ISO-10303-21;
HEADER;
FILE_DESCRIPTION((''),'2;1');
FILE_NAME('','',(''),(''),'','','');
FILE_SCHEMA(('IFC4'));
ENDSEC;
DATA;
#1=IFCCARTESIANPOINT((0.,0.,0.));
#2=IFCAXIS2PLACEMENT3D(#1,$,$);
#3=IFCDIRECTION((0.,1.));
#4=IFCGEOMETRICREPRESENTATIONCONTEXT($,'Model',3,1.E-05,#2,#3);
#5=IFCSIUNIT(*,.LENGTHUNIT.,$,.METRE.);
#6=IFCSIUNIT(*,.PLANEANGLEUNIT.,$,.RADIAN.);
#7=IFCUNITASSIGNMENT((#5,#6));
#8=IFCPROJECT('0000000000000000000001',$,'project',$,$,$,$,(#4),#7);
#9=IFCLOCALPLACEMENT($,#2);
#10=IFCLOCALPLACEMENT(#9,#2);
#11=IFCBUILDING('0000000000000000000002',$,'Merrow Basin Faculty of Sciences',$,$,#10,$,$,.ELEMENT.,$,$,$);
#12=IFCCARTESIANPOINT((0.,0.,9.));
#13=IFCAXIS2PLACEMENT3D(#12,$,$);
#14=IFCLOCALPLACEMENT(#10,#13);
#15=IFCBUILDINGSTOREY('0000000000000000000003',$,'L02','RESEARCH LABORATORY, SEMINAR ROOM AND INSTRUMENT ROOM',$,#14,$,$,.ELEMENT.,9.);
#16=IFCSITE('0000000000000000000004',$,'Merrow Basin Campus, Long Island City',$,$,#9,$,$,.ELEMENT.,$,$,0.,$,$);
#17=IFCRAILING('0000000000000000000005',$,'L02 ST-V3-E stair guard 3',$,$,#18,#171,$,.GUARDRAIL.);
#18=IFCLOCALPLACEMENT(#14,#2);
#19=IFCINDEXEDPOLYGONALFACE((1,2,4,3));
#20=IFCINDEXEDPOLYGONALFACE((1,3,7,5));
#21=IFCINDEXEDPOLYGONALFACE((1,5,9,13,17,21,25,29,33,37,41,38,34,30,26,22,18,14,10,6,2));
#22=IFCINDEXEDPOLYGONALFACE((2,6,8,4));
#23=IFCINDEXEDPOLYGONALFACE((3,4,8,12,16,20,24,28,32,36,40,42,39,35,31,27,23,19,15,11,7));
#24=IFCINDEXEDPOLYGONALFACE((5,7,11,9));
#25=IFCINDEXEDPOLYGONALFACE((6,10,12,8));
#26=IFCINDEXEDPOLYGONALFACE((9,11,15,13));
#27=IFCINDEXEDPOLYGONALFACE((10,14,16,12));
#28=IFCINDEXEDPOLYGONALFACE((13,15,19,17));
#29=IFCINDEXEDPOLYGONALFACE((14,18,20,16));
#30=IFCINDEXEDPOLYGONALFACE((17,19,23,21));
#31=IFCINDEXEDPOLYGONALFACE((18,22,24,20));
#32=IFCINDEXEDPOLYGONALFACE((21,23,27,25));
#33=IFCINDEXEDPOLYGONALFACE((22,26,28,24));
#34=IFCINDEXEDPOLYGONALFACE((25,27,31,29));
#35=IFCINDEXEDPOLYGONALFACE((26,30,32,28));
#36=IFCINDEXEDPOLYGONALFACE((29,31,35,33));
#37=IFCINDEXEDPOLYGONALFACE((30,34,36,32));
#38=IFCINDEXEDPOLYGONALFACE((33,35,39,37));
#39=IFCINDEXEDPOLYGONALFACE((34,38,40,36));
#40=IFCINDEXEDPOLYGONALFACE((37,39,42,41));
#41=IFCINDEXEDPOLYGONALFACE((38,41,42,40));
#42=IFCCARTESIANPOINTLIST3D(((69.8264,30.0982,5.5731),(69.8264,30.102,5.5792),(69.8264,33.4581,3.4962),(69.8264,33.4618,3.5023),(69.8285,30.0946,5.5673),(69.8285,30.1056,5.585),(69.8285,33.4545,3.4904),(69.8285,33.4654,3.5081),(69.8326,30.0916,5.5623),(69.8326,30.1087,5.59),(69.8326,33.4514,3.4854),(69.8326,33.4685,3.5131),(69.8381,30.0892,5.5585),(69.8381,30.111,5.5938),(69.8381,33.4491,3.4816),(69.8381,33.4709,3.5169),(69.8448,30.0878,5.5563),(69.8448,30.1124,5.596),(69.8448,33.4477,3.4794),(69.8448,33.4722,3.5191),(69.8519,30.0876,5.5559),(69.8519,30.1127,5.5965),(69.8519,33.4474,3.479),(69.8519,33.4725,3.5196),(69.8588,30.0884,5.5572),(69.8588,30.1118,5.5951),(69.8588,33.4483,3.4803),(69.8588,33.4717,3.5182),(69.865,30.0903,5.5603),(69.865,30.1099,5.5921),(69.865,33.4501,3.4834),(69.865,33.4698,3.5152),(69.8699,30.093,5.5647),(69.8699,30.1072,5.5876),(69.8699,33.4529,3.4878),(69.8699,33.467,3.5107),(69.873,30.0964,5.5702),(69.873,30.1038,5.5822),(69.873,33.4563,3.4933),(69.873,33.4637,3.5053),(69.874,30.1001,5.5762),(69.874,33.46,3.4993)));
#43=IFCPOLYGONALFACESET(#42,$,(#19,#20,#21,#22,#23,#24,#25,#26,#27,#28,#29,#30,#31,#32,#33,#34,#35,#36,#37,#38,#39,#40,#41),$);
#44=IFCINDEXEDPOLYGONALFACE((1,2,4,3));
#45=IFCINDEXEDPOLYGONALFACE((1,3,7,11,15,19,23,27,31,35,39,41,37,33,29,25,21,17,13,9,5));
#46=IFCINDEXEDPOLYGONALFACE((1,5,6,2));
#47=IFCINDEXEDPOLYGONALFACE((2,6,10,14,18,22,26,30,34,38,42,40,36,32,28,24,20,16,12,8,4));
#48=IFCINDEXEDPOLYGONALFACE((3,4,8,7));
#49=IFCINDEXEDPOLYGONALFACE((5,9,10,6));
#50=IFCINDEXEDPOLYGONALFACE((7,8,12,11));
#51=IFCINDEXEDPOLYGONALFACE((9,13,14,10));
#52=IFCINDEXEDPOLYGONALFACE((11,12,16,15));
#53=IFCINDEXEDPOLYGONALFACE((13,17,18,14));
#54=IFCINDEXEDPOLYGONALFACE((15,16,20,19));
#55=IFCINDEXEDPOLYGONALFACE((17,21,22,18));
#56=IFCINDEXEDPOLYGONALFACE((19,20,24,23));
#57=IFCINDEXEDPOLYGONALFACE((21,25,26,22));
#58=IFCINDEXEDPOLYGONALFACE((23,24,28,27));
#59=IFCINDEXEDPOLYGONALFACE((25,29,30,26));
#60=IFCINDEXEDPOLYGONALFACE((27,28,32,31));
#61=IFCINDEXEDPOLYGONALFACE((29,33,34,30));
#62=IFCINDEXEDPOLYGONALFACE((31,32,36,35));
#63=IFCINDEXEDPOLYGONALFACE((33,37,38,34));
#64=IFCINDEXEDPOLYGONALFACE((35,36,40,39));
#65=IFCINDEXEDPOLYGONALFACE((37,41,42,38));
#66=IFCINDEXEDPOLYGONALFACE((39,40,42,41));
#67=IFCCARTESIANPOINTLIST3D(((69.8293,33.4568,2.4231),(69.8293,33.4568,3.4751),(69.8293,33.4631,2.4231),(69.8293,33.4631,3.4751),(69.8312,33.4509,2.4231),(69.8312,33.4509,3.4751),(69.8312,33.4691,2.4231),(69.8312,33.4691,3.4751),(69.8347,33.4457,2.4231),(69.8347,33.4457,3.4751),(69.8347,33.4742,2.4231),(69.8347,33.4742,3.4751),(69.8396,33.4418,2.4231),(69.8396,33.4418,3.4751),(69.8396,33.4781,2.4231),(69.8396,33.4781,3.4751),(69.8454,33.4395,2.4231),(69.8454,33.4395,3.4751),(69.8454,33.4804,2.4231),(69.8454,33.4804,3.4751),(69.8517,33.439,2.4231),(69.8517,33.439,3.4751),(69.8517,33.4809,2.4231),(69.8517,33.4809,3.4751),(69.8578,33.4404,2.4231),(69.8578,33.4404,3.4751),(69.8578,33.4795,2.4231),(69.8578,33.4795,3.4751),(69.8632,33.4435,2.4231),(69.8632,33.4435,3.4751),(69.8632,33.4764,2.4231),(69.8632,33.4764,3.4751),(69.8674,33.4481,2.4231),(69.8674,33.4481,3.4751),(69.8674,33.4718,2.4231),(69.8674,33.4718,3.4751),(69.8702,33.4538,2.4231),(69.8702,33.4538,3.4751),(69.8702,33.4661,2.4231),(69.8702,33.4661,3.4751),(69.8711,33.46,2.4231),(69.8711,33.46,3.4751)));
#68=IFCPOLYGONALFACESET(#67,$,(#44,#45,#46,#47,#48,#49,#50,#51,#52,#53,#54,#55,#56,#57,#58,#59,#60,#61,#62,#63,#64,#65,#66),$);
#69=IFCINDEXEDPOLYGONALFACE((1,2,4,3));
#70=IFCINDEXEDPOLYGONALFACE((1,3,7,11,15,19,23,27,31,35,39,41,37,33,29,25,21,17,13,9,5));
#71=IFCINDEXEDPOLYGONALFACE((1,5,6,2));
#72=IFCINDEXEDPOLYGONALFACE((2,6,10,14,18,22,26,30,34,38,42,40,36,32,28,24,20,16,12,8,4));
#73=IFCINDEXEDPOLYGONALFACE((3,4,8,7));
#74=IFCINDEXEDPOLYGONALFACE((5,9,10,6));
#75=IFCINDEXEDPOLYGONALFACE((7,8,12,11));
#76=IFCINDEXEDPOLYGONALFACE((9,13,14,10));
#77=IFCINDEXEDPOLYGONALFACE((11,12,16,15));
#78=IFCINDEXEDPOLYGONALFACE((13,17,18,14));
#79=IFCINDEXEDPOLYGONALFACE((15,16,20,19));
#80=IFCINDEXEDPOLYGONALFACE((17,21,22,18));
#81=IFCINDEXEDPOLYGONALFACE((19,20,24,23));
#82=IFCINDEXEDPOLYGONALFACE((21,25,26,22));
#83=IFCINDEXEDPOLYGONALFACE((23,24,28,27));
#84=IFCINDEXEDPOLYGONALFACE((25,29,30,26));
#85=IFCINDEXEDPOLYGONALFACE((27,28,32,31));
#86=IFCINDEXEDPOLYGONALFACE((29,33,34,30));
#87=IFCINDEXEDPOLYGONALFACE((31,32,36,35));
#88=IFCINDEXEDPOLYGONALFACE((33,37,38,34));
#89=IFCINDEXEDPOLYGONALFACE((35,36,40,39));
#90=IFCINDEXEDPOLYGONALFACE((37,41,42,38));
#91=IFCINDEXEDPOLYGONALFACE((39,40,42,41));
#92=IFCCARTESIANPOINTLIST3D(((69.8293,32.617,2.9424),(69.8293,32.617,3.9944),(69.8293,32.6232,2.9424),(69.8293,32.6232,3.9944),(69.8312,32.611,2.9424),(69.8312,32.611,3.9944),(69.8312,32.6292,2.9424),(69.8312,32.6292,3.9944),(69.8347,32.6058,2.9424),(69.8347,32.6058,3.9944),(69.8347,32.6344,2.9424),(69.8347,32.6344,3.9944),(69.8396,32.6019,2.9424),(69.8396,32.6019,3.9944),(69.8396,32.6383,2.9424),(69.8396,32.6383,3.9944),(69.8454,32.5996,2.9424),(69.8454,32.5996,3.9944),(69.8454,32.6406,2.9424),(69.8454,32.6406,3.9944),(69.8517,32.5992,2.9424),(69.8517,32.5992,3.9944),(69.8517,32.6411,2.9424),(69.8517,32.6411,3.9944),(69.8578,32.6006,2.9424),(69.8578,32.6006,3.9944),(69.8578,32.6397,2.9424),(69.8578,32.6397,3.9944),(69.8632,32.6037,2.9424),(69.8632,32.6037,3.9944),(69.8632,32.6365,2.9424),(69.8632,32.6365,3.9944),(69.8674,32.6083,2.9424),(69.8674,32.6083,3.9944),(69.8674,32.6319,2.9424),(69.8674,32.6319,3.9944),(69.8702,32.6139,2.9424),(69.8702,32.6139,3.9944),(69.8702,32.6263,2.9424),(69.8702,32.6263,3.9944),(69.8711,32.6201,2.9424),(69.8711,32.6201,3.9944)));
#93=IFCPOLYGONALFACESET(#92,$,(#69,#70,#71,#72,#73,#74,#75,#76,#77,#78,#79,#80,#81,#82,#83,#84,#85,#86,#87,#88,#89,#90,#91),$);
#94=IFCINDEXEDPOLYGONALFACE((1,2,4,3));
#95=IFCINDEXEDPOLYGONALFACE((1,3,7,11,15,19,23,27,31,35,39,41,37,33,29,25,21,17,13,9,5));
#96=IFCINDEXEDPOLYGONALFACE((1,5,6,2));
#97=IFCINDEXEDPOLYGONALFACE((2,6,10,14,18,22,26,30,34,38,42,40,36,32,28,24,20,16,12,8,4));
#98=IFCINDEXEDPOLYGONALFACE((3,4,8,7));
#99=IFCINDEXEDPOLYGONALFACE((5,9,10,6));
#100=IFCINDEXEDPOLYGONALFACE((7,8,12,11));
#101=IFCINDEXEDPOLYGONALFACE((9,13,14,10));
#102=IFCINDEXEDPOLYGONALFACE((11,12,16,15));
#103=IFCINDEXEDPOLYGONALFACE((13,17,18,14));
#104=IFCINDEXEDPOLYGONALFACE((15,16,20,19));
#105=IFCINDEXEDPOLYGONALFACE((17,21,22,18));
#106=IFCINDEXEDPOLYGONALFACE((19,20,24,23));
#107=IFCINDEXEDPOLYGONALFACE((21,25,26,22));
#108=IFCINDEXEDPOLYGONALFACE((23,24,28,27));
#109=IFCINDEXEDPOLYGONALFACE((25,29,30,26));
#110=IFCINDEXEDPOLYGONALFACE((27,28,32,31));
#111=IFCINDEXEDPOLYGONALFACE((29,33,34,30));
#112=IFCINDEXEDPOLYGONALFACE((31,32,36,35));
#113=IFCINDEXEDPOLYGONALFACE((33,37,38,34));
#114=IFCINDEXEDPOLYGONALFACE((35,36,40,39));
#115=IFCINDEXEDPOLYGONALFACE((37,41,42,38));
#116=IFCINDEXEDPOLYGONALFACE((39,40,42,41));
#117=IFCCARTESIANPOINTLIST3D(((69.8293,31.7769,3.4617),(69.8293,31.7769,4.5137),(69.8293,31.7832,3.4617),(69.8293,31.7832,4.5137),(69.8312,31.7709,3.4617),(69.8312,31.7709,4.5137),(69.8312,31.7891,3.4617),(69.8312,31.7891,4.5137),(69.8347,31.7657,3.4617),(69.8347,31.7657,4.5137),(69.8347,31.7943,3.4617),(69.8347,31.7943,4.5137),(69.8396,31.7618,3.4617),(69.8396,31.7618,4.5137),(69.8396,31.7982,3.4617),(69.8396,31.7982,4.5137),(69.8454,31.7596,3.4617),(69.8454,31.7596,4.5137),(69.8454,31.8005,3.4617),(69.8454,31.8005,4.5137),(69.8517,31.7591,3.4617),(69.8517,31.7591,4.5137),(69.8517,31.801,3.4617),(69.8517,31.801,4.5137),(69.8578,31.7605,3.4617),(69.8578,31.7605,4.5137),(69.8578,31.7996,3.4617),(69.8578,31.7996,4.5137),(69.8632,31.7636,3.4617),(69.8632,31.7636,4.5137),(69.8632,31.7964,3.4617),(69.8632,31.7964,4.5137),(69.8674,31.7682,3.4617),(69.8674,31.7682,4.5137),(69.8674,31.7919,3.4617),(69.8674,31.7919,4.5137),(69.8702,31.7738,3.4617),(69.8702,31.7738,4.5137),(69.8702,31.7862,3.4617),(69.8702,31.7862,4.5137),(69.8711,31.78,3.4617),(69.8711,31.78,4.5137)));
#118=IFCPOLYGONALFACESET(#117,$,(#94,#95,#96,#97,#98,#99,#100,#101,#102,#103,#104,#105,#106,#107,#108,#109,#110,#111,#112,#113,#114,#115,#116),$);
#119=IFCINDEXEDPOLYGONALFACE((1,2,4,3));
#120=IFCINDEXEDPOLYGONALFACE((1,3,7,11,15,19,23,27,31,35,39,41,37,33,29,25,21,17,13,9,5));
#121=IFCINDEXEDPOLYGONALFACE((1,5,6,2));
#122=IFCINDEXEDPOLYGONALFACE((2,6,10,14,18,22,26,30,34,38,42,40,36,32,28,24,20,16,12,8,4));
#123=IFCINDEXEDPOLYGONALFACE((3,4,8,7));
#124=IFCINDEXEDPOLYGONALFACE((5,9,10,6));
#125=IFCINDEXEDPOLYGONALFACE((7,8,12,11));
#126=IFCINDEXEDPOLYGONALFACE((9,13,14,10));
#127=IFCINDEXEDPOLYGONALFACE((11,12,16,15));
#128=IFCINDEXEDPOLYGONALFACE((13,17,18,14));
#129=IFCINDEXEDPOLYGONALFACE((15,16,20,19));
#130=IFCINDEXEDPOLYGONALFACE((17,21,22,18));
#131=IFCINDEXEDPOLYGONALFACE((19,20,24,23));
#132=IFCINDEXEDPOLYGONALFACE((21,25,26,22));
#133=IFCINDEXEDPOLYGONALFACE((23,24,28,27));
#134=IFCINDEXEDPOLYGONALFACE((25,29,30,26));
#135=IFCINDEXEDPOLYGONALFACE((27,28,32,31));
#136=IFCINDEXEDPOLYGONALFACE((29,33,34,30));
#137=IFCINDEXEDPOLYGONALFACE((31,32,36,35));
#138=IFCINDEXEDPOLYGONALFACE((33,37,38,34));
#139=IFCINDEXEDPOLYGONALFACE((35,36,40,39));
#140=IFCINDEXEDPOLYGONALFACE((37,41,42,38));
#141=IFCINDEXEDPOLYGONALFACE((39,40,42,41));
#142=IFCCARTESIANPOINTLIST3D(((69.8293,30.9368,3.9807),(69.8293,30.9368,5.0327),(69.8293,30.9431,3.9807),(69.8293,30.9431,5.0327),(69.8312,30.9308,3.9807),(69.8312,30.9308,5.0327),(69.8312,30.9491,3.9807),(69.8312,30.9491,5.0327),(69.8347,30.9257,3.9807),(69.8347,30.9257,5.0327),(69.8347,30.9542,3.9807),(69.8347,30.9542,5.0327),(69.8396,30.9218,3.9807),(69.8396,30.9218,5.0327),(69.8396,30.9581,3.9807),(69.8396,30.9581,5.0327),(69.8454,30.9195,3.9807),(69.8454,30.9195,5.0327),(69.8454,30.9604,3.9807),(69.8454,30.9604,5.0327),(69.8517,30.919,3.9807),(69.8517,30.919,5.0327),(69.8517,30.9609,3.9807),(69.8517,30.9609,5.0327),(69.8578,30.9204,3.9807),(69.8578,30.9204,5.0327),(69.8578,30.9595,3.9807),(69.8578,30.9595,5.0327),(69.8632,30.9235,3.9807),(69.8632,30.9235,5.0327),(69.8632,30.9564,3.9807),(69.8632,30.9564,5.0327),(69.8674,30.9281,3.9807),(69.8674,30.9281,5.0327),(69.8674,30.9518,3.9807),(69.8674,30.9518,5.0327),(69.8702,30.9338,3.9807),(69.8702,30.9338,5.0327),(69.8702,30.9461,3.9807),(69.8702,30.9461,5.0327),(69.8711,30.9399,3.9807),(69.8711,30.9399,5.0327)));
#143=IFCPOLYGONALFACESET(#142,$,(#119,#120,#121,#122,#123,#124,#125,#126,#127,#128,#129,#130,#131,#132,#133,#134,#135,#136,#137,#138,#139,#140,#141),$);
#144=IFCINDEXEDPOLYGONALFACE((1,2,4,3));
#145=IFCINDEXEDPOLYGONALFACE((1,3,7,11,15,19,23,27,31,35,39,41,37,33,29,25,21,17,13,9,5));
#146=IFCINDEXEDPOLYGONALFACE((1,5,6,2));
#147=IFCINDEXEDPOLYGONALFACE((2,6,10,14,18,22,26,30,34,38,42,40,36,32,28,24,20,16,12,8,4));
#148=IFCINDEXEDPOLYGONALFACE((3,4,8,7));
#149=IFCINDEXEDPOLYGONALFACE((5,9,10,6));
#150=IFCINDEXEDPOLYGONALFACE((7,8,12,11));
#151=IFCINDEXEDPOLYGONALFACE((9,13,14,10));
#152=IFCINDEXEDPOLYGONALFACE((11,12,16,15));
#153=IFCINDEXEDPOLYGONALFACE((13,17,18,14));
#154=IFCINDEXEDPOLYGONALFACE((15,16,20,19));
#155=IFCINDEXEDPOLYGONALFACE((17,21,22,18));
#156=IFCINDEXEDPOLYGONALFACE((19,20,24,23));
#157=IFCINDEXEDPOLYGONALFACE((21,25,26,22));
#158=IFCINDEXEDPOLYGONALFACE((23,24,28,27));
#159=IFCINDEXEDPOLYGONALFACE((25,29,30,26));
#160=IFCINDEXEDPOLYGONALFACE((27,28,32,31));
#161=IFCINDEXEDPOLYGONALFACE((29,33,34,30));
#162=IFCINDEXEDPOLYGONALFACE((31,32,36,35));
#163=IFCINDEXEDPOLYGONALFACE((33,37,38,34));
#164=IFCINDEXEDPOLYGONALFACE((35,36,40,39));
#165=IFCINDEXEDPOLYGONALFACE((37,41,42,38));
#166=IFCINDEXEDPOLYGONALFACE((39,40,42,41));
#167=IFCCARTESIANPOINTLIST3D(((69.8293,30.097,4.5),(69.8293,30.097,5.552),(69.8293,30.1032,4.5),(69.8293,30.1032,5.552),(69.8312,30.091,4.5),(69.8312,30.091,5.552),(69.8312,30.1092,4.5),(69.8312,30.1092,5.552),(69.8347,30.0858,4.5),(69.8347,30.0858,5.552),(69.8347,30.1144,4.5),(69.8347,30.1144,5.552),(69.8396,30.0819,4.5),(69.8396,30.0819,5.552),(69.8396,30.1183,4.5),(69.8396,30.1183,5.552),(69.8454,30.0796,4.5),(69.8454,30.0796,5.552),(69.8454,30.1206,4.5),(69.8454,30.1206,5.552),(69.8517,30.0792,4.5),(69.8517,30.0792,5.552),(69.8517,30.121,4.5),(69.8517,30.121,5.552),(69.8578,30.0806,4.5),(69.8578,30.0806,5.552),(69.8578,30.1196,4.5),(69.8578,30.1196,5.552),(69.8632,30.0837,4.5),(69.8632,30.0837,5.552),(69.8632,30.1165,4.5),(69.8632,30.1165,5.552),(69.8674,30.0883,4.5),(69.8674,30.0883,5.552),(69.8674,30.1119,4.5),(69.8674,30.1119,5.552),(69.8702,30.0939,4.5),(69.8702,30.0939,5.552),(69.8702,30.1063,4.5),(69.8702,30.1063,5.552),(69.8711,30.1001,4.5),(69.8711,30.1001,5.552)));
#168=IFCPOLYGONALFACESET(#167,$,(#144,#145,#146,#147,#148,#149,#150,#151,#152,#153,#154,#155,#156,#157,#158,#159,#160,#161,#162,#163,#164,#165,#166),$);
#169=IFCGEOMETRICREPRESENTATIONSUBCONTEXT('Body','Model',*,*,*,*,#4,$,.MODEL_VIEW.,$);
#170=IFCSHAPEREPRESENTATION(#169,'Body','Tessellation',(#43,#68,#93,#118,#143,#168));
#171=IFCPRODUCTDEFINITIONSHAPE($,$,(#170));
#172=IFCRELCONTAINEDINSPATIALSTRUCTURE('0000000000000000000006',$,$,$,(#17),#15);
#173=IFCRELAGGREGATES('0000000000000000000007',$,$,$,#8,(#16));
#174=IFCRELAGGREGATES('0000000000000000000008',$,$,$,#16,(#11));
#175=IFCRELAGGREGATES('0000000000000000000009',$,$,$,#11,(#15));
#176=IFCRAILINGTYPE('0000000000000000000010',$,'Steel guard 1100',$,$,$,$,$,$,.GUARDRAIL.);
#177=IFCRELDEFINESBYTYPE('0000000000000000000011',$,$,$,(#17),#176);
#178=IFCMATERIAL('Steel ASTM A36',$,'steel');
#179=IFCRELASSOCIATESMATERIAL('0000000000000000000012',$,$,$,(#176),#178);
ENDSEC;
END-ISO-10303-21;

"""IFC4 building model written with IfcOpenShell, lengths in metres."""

from ifc_helpers import new_model, si_unit, direction, frame, origin, origin_2d, place, context, subcontext, project, spatial, circle, extrude, material, type_object, element, save


model = new_model("IFC4")

# Units and contexts
model_context = context("Model", 3, precision=1e-05, world=origin(), true_north=direction((0.0, 1.0)))
body_context = subcontext(model_context, "Body", "Model", "MODEL_VIEW")
ifc_project = project(units=[si_unit("LENGTHUNIT", "METRE"), si_unit("PLANEANGLEUNIT", "RADIAN")], contexts=[model_context])

# Site, building, storey
site_placement = place(None, origin())
site = spatial("IfcSite", under=ifc_project, at=site_placement, Name="Merrow Basin Campus, Long Island City", CompositionType="ELEMENT", RefElevation=0.0)
building_placement = place(site_placement, origin())
building = spatial("IfcBuilding", under=site, at=building_placement, Name="Merrow Basin Faculty of Sciences", CompositionType="ELEMENT")
storey_placement = place(building_placement, frame((0.0, 0.0, 9.0)))
storey = spatial("IfcBuildingStorey", under=building, at=storey_placement, Name="L02", Description="RESEARCH LABORATORY, SEMINAR ROOM AND INSTRUMENT ROOM", CompositionType="ELEMENT", Elevation=9.0)

# Railing
ifc_material_1 = material(Name="Steel ASTM A36", Category="steel")
railing_type_1 = type_object("IfcRailingType", Name="Steel guard 1100", PredefinedType="GUARDRAIL", material=ifc_material_1)
railing_1_placement = place(storey_placement, frame((69.8501, 33.46, 2.4231)))
element("IfcRailing", 1, at=railing_1_placement, inside=storey, type_object=railing_type_1, Name="L02 ST-V3-E stair guard 3", PredefinedType="GUARDRAIL", context=body_context, shape_type="SweptSolid", body=[
    extrude(circle(Radius=0.0239, at=origin_2d()), frame((0.0, 0.0, 1.0762), z_axis=(0.0, -0.850606, 0.525803), x_axis=(1.0, 0.0, 0.0)), (0.0, 0.0, 1.0), 3.95),
    extrude(circle(Radius=0.021, at=origin_2d()), origin(), (0.0, 0.0, 1.0), 1.052),
    extrude(circle(Radius=0.021, at=origin_2d()), frame((0.0, -0.8398, 0.5193)), (0.0, 0.0, 1.0), 1.052),
    extrude(circle(Radius=0.021, at=origin_2d()), frame((0.0, -1.6799, 1.0386)), (0.0, 0.0, 1.0), 1.052),
    extrude(circle(Radius=0.021, at=origin_2d()), frame((0.0, -2.52, 1.5576)), (0.0, 0.0, 1.0), 1.052),
    extrude(circle(Radius=0.021, at=origin_2d()), frame((0.0, -3.3599, 2.0769)), (0.0, 0.0, 1.0), 1.052),
])

save(model, "model.ifc")
